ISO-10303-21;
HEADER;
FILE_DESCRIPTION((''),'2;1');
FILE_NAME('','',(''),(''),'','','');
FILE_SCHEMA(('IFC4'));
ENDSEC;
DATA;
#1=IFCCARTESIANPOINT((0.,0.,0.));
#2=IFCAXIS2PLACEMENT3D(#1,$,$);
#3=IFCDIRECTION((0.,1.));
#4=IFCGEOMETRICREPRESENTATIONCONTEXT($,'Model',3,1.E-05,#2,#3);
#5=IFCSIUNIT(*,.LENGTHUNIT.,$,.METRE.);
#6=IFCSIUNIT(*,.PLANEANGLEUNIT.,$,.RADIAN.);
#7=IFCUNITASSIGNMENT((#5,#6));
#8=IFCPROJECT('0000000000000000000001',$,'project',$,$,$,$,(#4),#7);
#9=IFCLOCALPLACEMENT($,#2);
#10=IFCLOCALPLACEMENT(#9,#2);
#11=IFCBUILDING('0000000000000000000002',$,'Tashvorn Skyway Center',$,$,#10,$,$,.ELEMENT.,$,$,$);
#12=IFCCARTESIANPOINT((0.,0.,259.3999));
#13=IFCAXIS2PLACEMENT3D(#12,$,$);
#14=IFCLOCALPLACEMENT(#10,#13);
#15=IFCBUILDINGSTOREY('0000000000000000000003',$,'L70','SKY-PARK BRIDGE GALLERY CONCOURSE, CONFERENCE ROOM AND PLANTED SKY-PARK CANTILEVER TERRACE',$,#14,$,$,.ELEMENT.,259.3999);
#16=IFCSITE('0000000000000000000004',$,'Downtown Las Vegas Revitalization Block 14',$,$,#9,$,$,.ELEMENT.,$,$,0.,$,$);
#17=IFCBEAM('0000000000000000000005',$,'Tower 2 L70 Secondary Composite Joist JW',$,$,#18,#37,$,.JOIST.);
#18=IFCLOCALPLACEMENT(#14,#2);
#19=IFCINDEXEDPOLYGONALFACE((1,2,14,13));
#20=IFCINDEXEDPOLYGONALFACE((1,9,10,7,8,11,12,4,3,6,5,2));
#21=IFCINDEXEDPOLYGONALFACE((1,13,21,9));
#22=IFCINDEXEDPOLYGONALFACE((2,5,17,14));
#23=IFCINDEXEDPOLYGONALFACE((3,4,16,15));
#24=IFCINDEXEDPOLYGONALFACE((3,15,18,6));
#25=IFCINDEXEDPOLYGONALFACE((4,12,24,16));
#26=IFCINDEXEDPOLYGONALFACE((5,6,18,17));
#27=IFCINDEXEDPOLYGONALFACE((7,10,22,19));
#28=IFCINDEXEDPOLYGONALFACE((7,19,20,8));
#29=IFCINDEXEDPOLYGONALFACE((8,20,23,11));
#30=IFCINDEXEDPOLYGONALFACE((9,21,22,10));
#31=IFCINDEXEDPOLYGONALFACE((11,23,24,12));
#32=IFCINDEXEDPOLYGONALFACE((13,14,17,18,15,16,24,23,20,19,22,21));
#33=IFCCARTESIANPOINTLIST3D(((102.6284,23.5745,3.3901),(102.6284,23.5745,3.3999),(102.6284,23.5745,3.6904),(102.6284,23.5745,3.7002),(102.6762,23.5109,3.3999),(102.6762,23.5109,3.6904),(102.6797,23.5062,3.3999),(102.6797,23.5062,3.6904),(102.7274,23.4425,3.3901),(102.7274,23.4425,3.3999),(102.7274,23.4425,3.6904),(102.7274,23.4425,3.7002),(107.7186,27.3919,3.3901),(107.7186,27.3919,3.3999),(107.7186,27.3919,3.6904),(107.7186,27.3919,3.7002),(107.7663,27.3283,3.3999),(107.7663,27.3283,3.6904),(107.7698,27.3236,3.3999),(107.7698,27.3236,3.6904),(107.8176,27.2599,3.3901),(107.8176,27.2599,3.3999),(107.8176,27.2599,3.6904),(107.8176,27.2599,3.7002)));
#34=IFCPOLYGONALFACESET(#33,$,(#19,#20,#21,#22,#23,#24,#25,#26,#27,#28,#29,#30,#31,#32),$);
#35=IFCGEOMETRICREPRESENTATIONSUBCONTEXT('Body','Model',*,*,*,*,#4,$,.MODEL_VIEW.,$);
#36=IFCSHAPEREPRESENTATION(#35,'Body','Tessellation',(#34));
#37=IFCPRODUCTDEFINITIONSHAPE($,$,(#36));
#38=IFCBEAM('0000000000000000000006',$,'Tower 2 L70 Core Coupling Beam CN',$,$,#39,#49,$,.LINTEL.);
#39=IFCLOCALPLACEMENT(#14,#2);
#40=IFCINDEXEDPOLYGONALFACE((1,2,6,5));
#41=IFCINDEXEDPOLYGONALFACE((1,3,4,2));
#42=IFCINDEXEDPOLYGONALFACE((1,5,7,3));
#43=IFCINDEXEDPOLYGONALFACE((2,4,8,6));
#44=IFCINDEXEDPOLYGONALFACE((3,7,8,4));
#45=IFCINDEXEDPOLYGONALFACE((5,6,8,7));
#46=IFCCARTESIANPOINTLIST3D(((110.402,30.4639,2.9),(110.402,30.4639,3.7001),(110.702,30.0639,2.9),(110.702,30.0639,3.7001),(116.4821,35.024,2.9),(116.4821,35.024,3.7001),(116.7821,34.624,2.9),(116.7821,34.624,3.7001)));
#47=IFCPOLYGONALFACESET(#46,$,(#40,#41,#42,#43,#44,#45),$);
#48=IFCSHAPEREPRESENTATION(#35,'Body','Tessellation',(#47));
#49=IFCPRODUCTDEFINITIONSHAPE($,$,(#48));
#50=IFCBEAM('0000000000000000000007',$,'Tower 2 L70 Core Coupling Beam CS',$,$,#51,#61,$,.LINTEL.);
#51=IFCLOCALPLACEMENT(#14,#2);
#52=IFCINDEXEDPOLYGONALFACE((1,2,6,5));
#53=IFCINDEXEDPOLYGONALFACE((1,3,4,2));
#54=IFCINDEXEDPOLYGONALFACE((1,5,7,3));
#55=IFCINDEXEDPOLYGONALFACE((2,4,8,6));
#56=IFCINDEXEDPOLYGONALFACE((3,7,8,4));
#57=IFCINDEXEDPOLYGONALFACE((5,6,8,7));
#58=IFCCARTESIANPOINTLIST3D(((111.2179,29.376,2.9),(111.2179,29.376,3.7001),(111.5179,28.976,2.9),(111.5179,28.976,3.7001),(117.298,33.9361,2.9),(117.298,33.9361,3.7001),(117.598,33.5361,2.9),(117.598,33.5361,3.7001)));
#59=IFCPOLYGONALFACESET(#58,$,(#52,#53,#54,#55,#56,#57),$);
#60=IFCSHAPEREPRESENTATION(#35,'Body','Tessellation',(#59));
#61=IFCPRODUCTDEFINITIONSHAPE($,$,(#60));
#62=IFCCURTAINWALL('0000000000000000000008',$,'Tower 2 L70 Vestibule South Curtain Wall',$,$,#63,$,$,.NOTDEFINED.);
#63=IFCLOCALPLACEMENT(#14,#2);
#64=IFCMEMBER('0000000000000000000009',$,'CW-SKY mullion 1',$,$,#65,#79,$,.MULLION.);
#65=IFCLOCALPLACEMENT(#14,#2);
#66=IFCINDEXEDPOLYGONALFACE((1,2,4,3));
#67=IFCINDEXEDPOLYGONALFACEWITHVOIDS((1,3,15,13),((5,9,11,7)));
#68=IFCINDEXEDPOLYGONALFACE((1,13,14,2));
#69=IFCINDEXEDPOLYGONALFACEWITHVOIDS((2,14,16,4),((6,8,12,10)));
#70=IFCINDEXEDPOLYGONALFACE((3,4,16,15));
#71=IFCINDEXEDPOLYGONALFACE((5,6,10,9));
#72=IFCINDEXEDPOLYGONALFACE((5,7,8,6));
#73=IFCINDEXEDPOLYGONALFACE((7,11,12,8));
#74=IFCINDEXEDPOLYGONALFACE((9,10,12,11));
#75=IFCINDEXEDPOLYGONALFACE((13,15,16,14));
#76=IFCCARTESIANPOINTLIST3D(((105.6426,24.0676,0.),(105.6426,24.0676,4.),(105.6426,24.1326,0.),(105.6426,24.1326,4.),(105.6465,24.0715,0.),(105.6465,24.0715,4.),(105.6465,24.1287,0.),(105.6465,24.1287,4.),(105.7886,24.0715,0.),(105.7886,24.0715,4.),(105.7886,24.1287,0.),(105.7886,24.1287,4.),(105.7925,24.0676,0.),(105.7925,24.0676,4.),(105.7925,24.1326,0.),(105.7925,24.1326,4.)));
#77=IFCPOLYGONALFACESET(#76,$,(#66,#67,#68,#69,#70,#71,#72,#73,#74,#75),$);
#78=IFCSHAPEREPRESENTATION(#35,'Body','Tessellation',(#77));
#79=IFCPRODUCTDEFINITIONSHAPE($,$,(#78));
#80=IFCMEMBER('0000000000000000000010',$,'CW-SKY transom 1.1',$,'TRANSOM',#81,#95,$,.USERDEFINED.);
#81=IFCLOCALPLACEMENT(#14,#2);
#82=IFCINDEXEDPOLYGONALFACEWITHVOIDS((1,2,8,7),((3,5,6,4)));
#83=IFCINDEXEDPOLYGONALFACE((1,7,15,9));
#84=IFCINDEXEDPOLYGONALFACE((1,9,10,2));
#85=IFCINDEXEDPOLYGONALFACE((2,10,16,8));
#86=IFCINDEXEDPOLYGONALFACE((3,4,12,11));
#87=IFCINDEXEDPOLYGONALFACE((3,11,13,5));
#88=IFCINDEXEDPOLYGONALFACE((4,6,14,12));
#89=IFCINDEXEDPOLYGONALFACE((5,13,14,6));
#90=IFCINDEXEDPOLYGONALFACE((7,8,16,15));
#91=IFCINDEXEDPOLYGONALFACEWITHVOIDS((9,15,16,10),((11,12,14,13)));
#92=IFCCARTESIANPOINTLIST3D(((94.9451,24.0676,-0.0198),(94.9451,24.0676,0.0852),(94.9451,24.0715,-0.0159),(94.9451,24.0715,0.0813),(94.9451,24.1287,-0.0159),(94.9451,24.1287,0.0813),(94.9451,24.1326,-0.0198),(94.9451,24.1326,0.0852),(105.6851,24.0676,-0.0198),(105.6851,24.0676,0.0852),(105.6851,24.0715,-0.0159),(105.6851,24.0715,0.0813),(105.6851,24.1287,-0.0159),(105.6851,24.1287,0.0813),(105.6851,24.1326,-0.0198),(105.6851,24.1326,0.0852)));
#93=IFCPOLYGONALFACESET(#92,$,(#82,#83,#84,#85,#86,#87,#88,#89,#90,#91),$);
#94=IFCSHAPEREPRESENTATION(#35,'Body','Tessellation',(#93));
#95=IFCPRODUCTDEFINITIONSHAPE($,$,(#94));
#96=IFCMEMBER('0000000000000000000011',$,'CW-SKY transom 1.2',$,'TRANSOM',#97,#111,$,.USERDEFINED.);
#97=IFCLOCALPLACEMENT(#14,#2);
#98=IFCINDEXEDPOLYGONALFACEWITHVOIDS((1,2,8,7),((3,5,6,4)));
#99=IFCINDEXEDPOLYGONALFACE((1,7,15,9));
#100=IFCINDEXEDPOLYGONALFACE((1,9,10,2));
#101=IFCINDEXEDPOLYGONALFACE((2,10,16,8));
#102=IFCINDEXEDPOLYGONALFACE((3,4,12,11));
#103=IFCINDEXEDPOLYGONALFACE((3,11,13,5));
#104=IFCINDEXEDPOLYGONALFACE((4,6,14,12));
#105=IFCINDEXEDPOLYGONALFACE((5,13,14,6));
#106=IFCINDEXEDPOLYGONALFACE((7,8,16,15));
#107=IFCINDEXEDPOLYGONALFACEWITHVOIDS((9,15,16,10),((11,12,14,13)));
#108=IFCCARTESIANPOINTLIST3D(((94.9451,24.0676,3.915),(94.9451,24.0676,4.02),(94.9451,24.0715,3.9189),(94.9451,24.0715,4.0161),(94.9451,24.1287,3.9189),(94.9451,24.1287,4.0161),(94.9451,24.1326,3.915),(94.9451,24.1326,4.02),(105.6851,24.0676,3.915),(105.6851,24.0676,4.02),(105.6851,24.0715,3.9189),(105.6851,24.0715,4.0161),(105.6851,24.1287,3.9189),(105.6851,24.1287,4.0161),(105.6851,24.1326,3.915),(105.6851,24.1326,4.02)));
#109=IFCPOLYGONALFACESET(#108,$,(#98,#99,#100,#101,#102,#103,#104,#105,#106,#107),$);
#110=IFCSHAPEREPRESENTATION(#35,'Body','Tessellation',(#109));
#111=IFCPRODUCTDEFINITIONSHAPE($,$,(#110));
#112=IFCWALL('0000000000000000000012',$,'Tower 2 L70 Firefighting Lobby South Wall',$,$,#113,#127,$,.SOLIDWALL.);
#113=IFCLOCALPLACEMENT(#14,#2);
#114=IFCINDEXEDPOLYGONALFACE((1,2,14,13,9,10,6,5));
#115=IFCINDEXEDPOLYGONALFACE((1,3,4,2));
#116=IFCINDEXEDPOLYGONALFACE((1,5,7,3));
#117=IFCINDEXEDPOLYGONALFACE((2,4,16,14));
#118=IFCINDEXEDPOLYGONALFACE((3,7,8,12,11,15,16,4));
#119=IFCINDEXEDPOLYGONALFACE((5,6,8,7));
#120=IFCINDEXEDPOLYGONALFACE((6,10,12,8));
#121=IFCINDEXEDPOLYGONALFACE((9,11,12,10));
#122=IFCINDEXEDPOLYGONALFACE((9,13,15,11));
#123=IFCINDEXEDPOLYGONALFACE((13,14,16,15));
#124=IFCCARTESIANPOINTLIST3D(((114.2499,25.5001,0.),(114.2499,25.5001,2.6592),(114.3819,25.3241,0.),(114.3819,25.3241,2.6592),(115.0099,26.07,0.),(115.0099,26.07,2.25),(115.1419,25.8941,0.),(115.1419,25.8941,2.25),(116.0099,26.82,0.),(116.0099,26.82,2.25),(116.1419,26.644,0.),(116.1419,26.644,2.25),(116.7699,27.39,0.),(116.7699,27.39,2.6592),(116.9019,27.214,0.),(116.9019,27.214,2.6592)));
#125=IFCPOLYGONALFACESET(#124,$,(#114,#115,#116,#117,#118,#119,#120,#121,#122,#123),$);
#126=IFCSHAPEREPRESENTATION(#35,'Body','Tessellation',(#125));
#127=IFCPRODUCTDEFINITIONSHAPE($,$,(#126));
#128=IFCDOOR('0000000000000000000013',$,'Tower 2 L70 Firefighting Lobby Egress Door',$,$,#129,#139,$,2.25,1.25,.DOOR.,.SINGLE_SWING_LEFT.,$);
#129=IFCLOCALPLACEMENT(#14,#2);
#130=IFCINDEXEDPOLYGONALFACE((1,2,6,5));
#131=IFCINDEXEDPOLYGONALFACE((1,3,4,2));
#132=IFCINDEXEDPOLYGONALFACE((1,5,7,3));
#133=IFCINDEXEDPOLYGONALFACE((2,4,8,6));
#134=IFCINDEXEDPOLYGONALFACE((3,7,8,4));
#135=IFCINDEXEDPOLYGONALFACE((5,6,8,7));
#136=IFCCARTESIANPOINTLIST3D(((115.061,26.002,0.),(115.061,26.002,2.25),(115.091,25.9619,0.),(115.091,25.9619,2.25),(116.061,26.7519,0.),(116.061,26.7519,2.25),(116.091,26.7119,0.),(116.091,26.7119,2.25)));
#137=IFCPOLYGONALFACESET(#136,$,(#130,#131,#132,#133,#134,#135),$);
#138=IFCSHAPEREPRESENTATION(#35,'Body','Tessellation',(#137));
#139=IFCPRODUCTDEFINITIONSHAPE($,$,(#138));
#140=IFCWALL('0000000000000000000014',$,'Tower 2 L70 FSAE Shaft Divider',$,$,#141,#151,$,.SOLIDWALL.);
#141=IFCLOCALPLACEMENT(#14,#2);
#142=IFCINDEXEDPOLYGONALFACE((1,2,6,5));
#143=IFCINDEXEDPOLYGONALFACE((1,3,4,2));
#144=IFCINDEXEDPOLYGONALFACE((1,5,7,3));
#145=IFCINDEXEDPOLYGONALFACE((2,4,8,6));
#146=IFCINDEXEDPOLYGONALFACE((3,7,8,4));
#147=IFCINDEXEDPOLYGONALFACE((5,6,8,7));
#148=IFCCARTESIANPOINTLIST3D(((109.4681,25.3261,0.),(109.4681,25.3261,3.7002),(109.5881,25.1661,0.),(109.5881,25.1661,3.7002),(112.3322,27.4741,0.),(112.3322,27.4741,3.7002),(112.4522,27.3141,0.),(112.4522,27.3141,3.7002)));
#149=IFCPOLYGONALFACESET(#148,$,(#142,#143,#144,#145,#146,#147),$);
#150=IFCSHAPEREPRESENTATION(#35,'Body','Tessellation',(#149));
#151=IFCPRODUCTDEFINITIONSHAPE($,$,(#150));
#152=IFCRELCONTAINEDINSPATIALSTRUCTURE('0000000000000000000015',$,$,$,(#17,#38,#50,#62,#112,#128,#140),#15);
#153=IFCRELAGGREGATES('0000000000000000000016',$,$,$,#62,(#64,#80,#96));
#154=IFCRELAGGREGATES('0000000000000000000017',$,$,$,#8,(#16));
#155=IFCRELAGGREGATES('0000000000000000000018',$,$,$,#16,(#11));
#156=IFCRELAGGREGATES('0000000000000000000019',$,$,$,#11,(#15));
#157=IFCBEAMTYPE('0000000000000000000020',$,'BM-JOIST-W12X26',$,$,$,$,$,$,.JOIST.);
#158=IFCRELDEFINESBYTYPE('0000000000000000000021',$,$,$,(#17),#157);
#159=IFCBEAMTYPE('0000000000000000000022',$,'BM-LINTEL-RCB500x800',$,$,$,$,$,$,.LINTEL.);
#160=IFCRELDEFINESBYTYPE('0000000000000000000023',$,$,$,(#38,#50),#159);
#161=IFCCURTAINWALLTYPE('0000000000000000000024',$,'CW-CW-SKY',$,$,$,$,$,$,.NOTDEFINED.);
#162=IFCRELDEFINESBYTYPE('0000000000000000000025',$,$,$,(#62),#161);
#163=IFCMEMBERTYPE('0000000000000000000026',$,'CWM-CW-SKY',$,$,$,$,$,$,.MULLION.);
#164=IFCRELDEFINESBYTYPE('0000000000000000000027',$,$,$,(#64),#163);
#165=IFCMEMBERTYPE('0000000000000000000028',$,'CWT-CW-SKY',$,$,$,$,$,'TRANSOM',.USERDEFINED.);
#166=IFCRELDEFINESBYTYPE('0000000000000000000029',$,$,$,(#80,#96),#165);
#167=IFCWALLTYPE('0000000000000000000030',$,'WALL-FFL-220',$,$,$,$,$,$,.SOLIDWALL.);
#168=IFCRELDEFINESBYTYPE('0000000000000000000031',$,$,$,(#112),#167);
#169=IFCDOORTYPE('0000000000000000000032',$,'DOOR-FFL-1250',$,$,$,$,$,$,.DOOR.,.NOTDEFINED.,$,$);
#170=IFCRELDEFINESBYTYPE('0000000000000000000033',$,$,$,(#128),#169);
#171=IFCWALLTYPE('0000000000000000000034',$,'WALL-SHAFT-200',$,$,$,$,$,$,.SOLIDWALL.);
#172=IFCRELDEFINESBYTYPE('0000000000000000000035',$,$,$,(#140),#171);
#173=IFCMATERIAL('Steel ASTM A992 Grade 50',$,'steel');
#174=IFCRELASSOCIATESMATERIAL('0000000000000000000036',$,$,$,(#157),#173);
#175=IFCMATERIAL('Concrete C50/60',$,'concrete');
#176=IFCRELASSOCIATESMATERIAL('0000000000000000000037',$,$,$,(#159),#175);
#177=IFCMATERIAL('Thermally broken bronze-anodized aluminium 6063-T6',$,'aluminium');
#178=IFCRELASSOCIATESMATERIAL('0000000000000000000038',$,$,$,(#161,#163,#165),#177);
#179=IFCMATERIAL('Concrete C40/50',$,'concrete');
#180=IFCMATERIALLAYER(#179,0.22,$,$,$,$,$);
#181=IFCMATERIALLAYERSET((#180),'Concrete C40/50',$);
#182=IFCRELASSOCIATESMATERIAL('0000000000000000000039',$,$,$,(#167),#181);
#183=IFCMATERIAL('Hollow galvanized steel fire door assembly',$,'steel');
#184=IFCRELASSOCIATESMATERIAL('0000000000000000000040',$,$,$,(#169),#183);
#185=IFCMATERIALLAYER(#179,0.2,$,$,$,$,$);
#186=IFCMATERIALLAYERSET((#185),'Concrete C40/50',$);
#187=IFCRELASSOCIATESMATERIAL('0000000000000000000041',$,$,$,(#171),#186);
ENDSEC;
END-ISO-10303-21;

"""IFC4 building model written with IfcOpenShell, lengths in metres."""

from ifc_helpers import new_model, si_unit, direction, frame, frame_2d, origin, origin_2d, place, context, subcontext, project, spatial, rectangle, hollow_rectangle, i_section, extrude, material, layer, layer_set, material_profile, profile_set, type_object, element, fill, aggregate, save


model = new_model("IFC4")

# Units and contexts
model_context = context("Model", 3, precision=1e-05, world=origin(), true_north=direction((0.0, 1.0)))
body_context = subcontext(model_context, "Body", "Model", "MODEL_VIEW")
ifc_project = project(units=[si_unit("LENGTHUNIT", "METRE"), si_unit("PLANEANGLEUNIT", "RADIAN")], contexts=[model_context])

# Site, building, storey
site_placement = place(None, origin())
site = spatial("IfcSite", under=ifc_project, at=site_placement, Name="Downtown Las Vegas Revitalization Block 14", CompositionType="ELEMENT", RefElevation=0.0)
building_placement = place(site_placement, origin())
building = spatial("IfcBuilding", under=site, at=building_placement, Name="Tashvorn Skyway Center", CompositionType="ELEMENT")
storey_placement = place(building_placement, frame((0.0, 0.0, 259.3999)))
storey = spatial("IfcBuildingStorey", under=building, at=storey_placement, Name="L70", Description="SKY-PARK BRIDGE GALLERY CONCOURSE, CONFERENCE ROOM AND PLANTED SKY-PARK CANTILEVER TERRACE", CompositionType="ELEMENT", Elevation=259.3999)

# Beams
ifc_material_1 = material(Name="Steel ASTM A992 Grade 50", Category="steel")
ifc_material_profile_1 = material_profile(ifc_material_1, i_section(OverallWidth=0.165, OverallDepth=0.3101, WebThickness=0.0059, FlangeThickness=0.0098, at=origin_2d()), Name="W12X26")
ifc_profile_set_1 = profile_set([ifc_material_profile_1], Name="Steel ASTM A992 Grade 50")
beam_type_1 = type_object("IfcBeamType", Name="BM-JOIST-W12X26", PredefinedType="JOIST", material=ifc_profile_set_1)
beam_placement = place(storey_placement, frame((107.7681, 27.3259, 3.5452), z_axis=(-0.800014, -0.599982, 0.0), x_axis=(0.599982, -0.800014, 0.0)))
element("IfcBeam", 1, at=beam_placement, inside=storey, type_object=beam_type_1, Name="Tower 2 L70 Secondary Composite Joist JW", PredefinedType="JOIST", context=body_context, shape_type="SweptSolid", body=[
    extrude(i_section(OverallWidth=0.165, OverallDepth=0.3101, WebThickness=0.0059, FlangeThickness=0.0098, at=origin_2d()), origin(), (0.0, 0.0, 1.0), 6.3625),
])
ifc_material_2 = material(Name="Concrete C50/60", Category="concrete")
ifc_material_profile_2 = material_profile(ifc_material_2, rectangle(XDim=0.5, YDim=0.8, at=origin_2d()), Name="RCB500x800")
ifc_profile_set_2 = profile_set([ifc_material_profile_2], Name="Concrete C50/60")
beam_type_2 = type_object("IfcBeamType", Name="BM-LINTEL-RCB500x800", PredefinedType="LINTEL", material=ifc_profile_set_2)
for number, where, z_axis, x_axis, name in (
    (2, (110.552, 30.2639, 3.3), (0.8, 0.6, 0.0), (-0.6, 0.8, 0.0), "Tower 2 L70 Core Coupling Beam CN"),
    (3, (111.3679, 29.176, 3.3), (0.8, 0.6, 0.0), (-0.6, 0.8, 0.0), "Tower 2 L70 Core Coupling Beam CS"),
):
    element("IfcBeam", number, at=place(storey_placement, frame(where, z_axis=z_axis, x_axis=x_axis)), inside=storey, type_object=beam_type_2, Name=name, PredefinedType="LINTEL", context=body_context, shape_type="SweptSolid", body=[
        extrude(rectangle(XDim=0.5, YDim=0.8, at=origin_2d()), origin(), (0.0, 0.0, 1.0), 7.6001),
    ])

# Curtain wall, members
ifc_material_3 = material(Name="Thermally broken bronze-anodized aluminium 6063-T6", Category="aluminium")
curtain_wall_type = type_object("IfcCurtainWallType", Name="CW-CW-SKY", PredefinedType="NOTDEFINED", material=ifc_material_3)
curtain_wall_placement = place(storey_placement, origin())
curtain_wall = element("IfcCurtainWall", 4, at=curtain_wall_placement, inside=storey, type_object=curtain_wall_type, Name="Tower 2 L70 Vestibule South Curtain Wall", PredefinedType="NOTDEFINED")
ifc_material_profile_3 = material_profile(ifc_material_3, hollow_rectangle(XDim=0.0649, YDim=0.1499, WallThickness=0.0039, at=origin_2d()), Name="ALU-MULL-65x150")
ifc_profile_set_3 = profile_set([ifc_material_profile_3], Name="Thermally broken bronze-anodized aluminium 6063-T6")
member_type_1 = type_object("IfcMemberType", Name="CWM-CW-SKY", PredefinedType="MULLION", material=ifc_profile_set_3)
member_1_placement = place(storey_placement, frame((105.7175, 24.1001, 0.0), z_axis=(0.0, 0.0, 1.0), x_axis=(0.0, -1.0, 0.0)))
member_1 = element("IfcMember", 5, at=member_1_placement, type_object=member_type_1, Name="CW-SKY mullion 1", PredefinedType="MULLION", context=body_context, shape_type="SweptSolid", body=[
    extrude(hollow_rectangle(XDim=0.0649, YDim=0.1499, WallThickness=0.0039, at=origin_2d()), origin(), (0.0, 0.0, 1.0), 4.0),
])
ifc_material_profile_4 = material_profile(ifc_material_3, hollow_rectangle(XDim=0.0649, YDim=0.105, WallThickness=0.0039, at=origin_2d()), Name="ALU-TRAN-65x105")
ifc_profile_set_4 = profile_set([ifc_material_profile_4], Name="Thermally broken bronze-anodized aluminium 6063-T6")
member_type_2 = type_object("IfcMemberType", Name="CWT-CW-SKY", ElementType="TRANSOM", PredefinedType="USERDEFINED", material=ifc_profile_set_4)
member_2_placement = place(storey_placement, frame((105.6851, 24.1001, 0.0327), z_axis=(-1.0, 0.0, 0.0), x_axis=(0.0, -1.0, 0.0)))
member_2 = element("IfcMember", 6, at=member_2_placement, type_object=member_type_2, Name="CW-SKY transom 1.1", ObjectType="TRANSOM", PredefinedType="USERDEFINED", context=body_context, shape_type="SweptSolid", body=[
    extrude(hollow_rectangle(XDim=0.0649, YDim=0.105, WallThickness=0.0039, at=origin_2d()), origin(), (0.0, 0.0, 1.0), 10.74),
])
member_3_placement = place(storey_placement, frame((105.6851, 24.1001, 3.9675), z_axis=(-1.0, 0.0, 0.0), x_axis=(0.0, -1.0, 0.0)))
member_3 = element("IfcMember", 7, at=member_3_placement, type_object=member_type_2, Name="CW-SKY transom 1.2", ObjectType="TRANSOM", PredefinedType="USERDEFINED", context=body_context, shape_type="SweptSolid", body=[
    extrude(hollow_rectangle(XDim=0.0649, YDim=0.105, WallThickness=0.0039, at=origin_2d()), origin(), (0.0, 0.0, 1.0), 10.74),
])
aggregate(curtain_wall, [member_1, member_2, member_3])

# Wall, opening, door
ifc_material_4 = material(Name="Concrete C40/50", Category="concrete")
ifc_layer_1 = layer(ifc_material_4, 0.22)
ifc_layer_set_1 = layer_set([ifc_layer_1], Name="Concrete C40/50")
wall_type_1 = type_object("IfcWallType", Name="WALL-FFL-220", PredefinedType="SOLIDWALL", material=ifc_layer_set_1)
wall_1_placement = place(storey_placement, frame((114.3159, 25.4121, 0.0), z_axis=(0.0, 0.0, 1.0), x_axis=(0.800019, 0.599975, 0.0)))
wall_1 = element("IfcWall", 8, at=wall_1_placement, inside=storey, type_object=wall_type_1, Name="Tower 2 L70 Firefighting Lobby South Wall", PredefinedType="SOLIDWALL", context=body_context, shape_type="SweptSolid", body=[
    extrude(rectangle(XDim=3.1499, YDim=0.22, at=frame_2d((1.575, 0.0))), origin(), (0.0, 0.0, 1.0), 2.6592),
])
opening_1_placement = place(wall_1_placement, frame((0.95, 0.0, 0.0)))
opening_1 = element("IfcOpeningElement", 9, at=opening_1_placement, cuts=wall_1, PredefinedType="OPENING", context=body_context, shape_type="SweptSolid", body=[
    extrude(rectangle(XDim=1.25, YDim=2.25, at=frame_2d((0.625, 1.125))), frame((0.0, 0.1199, 0.0), z_axis=(0.0, -1.0, 0.0), x_axis=(1.0, 0.0, 0.0)), (0.0, 0.0, 1.0), 0.24),
])
ifc_material_5 = material(Name="Hollow galvanized steel fire door assembly", Category="steel")
door_type_1 = type_object("IfcDoorType", Name="DOOR-FFL-1250", OperationType="NOTDEFINED", PredefinedType="DOOR", material=ifc_material_5)
door_1_placement = place(opening_1_placement, origin())
door_1 = element("IfcDoor", 10, at=door_1_placement, inside=storey, type_object=door_type_1, Name="Tower 2 L70 Firefighting Lobby Egress Door", OperationType="SINGLE_SWING_LEFT", OverallHeight=2.25, OverallWidth=1.25, PredefinedType="DOOR", context=body_context, shape_type="SweptSolid", body=[
    extrude(rectangle(XDim=1.25, YDim=2.25, at=frame_2d((0.625, 1.125))), frame((0.0, 0.0249, 0.0), z_axis=(0.0, -1.0, 0.0), x_axis=(1.0, 0.0, 0.0)), (0.0, 0.0, 1.0), 0.05),
])
fill(opening_1, door_1)

# Wall
ifc_layer_2 = layer(ifc_material_4, 0.2)
ifc_layer_set_2 = layer_set([ifc_layer_2], Name="Concrete C40/50")
wall_type_2 = type_object("IfcWallType", Name="WALL-SHAFT-200", PredefinedType="SOLIDWALL", material=ifc_layer_set_2)
wall_2_placement = place(storey_placement, frame((109.5281, 25.2461, 0.0), z_axis=(0.0, 0.0, 1.0), x_axis=(0.800008, 0.599989, 0.0)))
element("IfcWall", 11, at=wall_2_placement, inside=storey, type_object=wall_type_2, Name="Tower 2 L70 FSAE Shaft Divider", PredefinedType="SOLIDWALL", context=body_context, shape_type="SweptSolid", body=[
    extrude(rectangle(XDim=3.5801, YDim=0.2, at=frame_2d((1.79, 0.0))), origin(), (0.0, 0.0, 1.0), 3.7002),
])

save(model, "model.ifc")
